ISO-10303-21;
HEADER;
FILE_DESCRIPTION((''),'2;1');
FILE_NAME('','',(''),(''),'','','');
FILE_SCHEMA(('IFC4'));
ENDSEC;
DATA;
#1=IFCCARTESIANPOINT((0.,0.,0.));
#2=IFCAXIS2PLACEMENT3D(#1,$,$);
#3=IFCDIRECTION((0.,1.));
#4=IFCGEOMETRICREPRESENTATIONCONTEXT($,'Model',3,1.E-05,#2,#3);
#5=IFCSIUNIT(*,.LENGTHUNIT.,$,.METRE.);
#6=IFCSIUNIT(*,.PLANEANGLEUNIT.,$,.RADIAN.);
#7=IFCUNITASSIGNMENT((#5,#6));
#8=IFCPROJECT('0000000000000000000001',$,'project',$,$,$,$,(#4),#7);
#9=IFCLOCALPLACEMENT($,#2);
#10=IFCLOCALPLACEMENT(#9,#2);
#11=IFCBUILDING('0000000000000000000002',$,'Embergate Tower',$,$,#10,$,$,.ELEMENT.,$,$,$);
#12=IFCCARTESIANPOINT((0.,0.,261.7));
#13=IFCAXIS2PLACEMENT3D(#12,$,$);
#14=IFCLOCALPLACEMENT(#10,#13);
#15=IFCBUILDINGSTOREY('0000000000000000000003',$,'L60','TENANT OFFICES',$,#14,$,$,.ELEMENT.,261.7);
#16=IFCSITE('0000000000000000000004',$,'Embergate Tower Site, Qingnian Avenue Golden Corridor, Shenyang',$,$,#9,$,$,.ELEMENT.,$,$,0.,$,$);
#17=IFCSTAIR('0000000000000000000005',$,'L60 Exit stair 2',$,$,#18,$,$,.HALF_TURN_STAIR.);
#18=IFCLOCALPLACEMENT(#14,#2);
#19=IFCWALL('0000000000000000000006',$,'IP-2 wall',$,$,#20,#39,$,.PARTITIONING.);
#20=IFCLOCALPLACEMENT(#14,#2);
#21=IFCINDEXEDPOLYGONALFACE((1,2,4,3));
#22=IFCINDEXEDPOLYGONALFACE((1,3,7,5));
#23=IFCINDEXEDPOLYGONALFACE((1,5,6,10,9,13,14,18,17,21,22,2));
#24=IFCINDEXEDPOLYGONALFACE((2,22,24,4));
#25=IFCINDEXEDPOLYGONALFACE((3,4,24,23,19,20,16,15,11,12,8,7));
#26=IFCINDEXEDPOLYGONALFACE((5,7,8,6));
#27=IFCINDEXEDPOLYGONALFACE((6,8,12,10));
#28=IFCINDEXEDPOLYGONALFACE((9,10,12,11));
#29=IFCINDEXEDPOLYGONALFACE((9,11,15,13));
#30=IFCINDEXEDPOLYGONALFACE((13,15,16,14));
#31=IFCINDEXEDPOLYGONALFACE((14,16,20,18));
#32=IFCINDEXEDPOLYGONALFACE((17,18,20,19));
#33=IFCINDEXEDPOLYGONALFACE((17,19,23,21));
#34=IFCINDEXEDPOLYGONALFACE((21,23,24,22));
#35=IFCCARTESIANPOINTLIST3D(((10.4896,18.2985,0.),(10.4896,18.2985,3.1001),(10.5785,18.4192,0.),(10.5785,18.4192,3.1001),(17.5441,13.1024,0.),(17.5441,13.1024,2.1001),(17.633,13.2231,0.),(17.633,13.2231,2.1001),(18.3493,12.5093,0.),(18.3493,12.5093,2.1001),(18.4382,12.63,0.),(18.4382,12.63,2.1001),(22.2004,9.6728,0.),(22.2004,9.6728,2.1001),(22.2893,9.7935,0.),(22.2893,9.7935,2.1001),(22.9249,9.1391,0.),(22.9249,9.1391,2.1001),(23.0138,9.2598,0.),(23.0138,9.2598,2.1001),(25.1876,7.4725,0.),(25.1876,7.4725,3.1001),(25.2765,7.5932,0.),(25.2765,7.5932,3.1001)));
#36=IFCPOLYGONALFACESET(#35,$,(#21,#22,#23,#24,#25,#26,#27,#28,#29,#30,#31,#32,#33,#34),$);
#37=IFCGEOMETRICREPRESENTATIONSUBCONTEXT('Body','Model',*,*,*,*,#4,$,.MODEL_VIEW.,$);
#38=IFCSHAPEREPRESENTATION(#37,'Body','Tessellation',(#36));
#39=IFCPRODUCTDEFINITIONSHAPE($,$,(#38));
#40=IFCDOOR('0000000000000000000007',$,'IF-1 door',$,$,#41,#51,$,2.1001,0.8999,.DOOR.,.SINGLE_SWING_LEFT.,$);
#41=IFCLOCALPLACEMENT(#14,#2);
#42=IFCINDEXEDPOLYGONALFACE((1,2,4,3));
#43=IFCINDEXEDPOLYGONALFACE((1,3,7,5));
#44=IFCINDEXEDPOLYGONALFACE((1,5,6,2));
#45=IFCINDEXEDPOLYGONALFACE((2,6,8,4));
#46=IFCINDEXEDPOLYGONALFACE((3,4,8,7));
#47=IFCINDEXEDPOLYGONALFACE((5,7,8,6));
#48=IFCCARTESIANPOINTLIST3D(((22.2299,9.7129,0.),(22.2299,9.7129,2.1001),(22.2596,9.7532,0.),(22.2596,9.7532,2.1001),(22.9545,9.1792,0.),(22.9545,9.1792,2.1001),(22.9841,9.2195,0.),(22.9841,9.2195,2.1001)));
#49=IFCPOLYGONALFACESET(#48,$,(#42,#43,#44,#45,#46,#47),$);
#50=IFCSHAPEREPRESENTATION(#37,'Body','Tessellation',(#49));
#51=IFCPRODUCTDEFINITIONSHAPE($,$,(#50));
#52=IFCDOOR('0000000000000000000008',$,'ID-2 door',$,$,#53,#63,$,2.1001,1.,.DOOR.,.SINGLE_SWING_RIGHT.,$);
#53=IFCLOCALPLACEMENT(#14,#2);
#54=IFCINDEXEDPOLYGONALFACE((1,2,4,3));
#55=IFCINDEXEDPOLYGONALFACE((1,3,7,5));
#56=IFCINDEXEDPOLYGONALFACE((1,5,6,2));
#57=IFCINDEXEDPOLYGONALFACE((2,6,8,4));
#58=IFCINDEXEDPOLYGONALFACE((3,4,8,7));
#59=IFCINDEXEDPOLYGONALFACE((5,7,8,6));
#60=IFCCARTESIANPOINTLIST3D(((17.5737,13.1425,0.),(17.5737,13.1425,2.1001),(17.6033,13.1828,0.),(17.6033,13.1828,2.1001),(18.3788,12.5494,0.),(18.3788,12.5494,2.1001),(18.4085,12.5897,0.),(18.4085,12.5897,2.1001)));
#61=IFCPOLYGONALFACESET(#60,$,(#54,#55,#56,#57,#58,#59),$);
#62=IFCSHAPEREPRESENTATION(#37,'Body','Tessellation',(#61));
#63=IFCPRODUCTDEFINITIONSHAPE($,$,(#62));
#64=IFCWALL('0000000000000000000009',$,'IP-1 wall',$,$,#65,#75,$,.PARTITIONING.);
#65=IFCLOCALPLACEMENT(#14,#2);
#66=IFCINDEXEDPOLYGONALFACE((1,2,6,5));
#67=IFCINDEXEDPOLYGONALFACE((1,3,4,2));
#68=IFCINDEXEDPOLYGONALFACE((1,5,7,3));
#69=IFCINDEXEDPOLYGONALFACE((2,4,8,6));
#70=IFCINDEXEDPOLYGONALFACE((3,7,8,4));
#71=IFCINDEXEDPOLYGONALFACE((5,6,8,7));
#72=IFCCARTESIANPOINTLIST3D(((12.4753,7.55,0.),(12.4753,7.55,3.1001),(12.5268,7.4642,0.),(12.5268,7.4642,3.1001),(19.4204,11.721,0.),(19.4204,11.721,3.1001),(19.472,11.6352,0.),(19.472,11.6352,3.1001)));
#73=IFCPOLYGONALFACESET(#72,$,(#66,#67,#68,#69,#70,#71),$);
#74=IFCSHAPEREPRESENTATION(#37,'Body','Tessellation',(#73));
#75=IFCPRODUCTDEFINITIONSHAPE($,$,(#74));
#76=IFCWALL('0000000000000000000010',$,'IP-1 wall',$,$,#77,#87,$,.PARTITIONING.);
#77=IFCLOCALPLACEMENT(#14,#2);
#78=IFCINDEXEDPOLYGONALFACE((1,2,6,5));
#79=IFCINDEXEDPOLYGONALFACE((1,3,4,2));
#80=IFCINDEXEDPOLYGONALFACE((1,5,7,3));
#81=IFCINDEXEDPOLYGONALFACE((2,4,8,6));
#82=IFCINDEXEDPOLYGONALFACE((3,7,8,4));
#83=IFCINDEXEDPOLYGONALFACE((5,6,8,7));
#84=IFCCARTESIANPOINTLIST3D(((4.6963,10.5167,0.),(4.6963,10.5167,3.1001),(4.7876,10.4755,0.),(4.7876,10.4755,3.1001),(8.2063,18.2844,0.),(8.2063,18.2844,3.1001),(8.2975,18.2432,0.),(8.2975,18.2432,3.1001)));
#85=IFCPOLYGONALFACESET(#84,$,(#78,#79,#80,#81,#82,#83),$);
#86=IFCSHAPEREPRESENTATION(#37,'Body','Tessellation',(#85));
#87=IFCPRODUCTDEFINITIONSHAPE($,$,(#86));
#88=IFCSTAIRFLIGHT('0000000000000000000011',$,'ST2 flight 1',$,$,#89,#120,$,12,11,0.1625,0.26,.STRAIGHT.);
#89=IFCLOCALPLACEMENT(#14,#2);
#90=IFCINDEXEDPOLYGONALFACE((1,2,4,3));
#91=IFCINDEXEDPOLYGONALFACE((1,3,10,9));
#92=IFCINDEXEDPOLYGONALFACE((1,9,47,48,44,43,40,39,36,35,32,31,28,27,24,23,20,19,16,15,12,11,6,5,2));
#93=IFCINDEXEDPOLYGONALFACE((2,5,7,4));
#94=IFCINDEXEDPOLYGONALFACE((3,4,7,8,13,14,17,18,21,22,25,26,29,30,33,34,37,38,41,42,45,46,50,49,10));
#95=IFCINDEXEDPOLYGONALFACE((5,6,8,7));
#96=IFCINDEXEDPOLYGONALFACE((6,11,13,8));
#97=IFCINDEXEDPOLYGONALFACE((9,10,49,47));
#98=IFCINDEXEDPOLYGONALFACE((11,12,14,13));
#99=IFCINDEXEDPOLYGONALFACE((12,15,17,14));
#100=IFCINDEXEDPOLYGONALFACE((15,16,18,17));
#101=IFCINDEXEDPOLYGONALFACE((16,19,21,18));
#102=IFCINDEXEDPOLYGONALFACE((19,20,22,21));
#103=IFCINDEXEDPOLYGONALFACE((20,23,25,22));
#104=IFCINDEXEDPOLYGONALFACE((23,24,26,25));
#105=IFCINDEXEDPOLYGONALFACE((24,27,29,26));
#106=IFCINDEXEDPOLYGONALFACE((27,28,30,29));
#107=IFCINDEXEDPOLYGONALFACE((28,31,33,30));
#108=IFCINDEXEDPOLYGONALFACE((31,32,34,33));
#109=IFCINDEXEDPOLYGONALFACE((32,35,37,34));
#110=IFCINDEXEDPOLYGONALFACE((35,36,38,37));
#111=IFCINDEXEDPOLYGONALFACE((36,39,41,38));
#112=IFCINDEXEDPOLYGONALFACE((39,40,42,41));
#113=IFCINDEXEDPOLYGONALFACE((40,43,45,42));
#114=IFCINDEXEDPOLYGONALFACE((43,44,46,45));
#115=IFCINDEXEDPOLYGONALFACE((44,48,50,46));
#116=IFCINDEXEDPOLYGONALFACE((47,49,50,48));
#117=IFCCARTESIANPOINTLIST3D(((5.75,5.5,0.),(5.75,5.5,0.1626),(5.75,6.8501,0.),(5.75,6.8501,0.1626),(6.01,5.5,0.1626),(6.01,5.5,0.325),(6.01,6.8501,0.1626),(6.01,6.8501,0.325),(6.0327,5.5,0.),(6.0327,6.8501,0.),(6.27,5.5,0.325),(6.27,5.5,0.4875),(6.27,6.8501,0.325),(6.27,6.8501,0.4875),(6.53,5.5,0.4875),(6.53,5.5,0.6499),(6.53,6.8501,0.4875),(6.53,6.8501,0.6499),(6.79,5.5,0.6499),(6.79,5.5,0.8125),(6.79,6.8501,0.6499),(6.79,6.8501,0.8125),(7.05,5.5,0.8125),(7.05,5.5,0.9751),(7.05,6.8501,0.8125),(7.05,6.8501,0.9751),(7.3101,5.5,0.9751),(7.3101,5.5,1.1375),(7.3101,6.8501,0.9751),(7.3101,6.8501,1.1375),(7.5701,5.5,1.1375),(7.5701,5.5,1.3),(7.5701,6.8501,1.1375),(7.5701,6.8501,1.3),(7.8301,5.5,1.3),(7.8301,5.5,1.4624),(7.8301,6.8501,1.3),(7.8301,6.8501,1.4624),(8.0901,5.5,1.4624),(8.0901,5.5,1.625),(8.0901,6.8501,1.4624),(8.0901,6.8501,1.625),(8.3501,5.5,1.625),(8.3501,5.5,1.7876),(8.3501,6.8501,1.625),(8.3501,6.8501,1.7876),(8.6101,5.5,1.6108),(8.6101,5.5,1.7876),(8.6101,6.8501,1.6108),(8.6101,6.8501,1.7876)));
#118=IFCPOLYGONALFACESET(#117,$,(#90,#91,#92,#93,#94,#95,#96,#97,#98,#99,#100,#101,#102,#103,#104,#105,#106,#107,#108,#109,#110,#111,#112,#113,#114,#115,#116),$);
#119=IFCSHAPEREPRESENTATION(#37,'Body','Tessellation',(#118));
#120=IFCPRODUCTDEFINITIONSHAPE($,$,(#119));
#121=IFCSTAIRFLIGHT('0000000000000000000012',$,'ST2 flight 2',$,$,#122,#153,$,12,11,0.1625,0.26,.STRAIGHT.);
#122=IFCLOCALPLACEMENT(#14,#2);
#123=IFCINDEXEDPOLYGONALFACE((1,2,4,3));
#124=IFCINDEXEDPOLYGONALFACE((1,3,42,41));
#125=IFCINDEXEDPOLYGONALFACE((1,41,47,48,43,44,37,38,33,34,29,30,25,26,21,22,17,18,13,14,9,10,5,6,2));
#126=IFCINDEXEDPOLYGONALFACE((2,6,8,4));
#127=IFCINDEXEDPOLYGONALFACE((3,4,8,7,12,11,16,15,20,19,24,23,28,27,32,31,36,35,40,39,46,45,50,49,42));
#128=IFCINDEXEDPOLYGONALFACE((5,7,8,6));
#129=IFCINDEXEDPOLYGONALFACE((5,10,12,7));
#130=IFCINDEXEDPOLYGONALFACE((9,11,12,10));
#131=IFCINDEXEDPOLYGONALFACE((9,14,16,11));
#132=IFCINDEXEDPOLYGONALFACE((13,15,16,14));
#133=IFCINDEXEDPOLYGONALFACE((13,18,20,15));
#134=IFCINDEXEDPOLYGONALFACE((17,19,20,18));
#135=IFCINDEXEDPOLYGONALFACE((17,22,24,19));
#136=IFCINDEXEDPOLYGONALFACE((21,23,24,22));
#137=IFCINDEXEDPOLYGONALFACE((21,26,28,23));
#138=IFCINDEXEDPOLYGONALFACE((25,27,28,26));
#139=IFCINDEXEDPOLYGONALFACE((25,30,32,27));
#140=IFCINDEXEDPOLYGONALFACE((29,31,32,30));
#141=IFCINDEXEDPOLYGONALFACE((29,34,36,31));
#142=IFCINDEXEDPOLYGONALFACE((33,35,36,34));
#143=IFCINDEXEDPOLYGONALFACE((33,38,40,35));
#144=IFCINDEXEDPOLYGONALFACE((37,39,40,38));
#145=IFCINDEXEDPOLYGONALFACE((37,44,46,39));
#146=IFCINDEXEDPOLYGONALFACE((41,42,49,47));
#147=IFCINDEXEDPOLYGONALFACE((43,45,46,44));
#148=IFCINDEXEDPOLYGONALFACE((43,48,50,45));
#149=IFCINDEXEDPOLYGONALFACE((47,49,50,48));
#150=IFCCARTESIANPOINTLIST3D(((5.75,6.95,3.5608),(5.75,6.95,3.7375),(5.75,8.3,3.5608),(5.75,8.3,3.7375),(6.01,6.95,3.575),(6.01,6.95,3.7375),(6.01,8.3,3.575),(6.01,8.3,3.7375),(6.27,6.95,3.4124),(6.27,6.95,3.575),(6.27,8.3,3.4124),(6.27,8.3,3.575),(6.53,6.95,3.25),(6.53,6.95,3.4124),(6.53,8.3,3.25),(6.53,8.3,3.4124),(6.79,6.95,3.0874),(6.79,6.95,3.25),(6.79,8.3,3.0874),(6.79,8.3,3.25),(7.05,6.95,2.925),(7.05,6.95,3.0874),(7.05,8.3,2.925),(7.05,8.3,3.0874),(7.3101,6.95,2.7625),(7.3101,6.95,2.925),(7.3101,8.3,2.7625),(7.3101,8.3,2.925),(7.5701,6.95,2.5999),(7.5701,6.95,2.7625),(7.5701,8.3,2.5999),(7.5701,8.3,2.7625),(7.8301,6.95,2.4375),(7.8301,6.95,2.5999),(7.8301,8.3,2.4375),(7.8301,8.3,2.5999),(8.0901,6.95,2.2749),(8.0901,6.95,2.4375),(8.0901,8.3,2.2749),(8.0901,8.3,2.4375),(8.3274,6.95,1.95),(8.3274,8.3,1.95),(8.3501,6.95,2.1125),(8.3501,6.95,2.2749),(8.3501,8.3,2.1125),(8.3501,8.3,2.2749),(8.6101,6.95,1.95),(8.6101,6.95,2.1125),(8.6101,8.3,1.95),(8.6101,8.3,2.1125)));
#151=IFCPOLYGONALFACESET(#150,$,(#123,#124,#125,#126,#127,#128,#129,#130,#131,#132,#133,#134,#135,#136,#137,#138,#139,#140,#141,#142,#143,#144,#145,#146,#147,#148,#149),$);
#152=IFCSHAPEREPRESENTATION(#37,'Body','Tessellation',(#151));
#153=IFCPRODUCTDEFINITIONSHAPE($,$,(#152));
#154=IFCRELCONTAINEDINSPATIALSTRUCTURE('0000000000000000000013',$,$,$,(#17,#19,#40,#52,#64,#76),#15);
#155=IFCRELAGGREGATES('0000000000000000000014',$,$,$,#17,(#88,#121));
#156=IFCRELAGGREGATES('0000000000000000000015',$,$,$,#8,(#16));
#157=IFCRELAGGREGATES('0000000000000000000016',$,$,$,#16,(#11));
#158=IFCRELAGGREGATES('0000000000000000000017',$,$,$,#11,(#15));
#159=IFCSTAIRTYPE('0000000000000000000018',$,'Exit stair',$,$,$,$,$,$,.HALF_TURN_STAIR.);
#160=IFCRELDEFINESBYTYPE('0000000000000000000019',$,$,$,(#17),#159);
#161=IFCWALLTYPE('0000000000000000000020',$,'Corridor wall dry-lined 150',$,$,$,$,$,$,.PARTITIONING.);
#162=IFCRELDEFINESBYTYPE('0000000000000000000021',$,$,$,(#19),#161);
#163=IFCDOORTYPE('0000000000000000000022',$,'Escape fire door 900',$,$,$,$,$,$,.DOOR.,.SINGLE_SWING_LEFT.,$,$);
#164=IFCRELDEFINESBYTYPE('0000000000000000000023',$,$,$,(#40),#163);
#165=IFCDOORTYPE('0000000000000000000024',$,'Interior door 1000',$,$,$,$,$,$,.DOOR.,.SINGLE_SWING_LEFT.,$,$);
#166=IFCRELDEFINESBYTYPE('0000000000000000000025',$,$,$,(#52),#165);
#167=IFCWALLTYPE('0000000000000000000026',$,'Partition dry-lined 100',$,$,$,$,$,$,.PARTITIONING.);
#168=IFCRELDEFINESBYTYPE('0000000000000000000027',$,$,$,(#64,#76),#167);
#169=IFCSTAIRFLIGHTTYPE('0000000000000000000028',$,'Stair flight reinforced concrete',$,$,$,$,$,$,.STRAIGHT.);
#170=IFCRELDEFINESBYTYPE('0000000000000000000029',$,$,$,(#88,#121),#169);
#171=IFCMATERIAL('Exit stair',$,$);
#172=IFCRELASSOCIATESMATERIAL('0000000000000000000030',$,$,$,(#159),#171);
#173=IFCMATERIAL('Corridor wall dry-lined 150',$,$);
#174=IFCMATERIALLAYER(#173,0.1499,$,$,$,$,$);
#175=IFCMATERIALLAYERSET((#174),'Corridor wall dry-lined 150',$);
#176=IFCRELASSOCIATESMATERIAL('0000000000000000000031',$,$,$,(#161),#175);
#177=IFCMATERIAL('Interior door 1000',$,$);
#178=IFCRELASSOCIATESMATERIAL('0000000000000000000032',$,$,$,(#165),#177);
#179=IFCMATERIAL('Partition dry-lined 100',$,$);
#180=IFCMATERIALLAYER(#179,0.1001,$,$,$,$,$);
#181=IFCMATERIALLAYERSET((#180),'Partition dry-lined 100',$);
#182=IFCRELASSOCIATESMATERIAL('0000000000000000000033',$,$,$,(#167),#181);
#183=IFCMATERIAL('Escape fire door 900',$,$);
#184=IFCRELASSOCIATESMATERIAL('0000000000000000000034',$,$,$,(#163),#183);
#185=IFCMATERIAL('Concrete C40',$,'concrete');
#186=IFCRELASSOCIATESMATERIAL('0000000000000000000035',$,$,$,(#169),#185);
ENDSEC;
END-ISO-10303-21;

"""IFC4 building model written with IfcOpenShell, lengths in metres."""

from ifc_helpers import new_model, si_unit, direction, frame, frame_2d, origin, place, context, subcontext, project, spatial, polyline, rectangle, outline, extrude, source, transform, mapped, material, layer, layer_set, type_object, element, fill, aggregate, save


model = new_model("IFC4")

# Units and contexts
model_context = context("Model", 3, precision=1e-05, world=origin(), true_north=direction((0.0, 1.0)))
body_context = subcontext(model_context, "Body", "Model", "MODEL_VIEW")
ifc_project = project(units=[si_unit("LENGTHUNIT", "METRE"), si_unit("PLANEANGLEUNIT", "RADIAN")], contexts=[model_context])

# Site, building, storey
site_placement = place(None, origin())
site = spatial("IfcSite", under=ifc_project, at=site_placement, Name="Embergate Tower Site, Qingnian Avenue Golden Corridor, Shenyang", CompositionType="ELEMENT", RefElevation=0.0)
building_placement = place(site_placement, origin())
building = spatial("IfcBuilding", under=site, at=building_placement, Name="Embergate Tower", CompositionType="ELEMENT")
storey_placement = place(building_placement, frame((0.0, 0.0, 261.7)))
storey = spatial("IfcBuildingStorey", under=building, at=storey_placement, Name="L60", Description="TENANT OFFICES", CompositionType="ELEMENT", Elevation=261.7)

# Stair
ifc_material_1 = material(Name="Exit stair")
stair_type = type_object("IfcStairType", Name="Exit stair", PredefinedType="HALF_TURN_STAIR", material=ifc_material_1)
stair_placement = place(storey_placement, origin())
stair = element("IfcStair", 1, at=stair_placement, inside=storey, type_object=stair_type, Name="L60 Exit stair 2", PredefinedType="HALF_TURN_STAIR")
ifc_material_2 = material(Name="Concrete C40", Category="concrete")

# Shared definitions
ifc_material_3 = material(Name="Corridor wall dry-lined 150")
ifc_layer_1 = layer(ifc_material_3, 0.1499)
ifc_layer_set_1 = layer_set([ifc_layer_1], Name="Corridor wall dry-lined 150")
wall_type_1 = type_object("IfcWallType", Name="Corridor wall dry-lined 150", PredefinedType="PARTITIONING", material=ifc_layer_set_1)
shared_shape_1 = source(origin(), body_context, "Body", "SweptSolid", [
    extrude(rectangle(XDim=1.0, YDim=2.1001, at=frame_2d((0.5, 1.05))), frame((0.0, 0.085, 0.0), z_axis=(0.0, -1.0, 0.0), x_axis=(1.0, 0.0, 0.0)), (0.0, 0.0, 1.0), 0.1699),
])
ifc_material_4 = material(Name="Interior door 1000")
door_type_1 = type_object("IfcDoorType", Name="Interior door 1000", OperationType="SINGLE_SWING_LEFT", PredefinedType="DOOR", material=ifc_material_4)
shared_shape_2 = source(origin(), body_context, "Body", "SweptSolid", [
    extrude(rectangle(XDim=1.0, YDim=2.1001, at=frame_2d((0.5, 1.05))), frame((0.0, 0.0249, 0.0), z_axis=(0.0, -1.0, 0.0), x_axis=(1.0, 0.0, 0.0)), (0.0, 0.0, 1.0), 0.05),
])

# Shared definitions
ifc_material_5 = material(Name="Partition dry-lined 100")
ifc_layer_2 = layer(ifc_material_5, 0.1001)
ifc_layer_set_2 = layer_set([ifc_layer_2], Name="Partition dry-lined 100")
wall_type_2 = type_object("IfcWallType", Name="Partition dry-lined 100", PredefinedType="PARTITIONING", material=ifc_layer_set_2)

# Shared definitions
shared_shape_3 = source(origin(), body_context, "Body", "SweptSolid", [
    extrude(rectangle(XDim=0.8999, YDim=2.1001, at=frame_2d((0.45, 1.05))), frame((0.0, 0.085, 0.0), z_axis=(0.0, -1.0, 0.0), x_axis=(1.0, 0.0, 0.0)), (0.0, 0.0, 1.0), 0.1699),
])
ifc_material_6 = material(Name="Escape fire door 900")
door_type_2 = type_object("IfcDoorType", Name="Escape fire door 900", OperationType="SINGLE_SWING_LEFT", PredefinedType="DOOR", material=ifc_material_6)
shared_shape_4 = source(origin(), body_context, "Body", "SweptSolid", [
    extrude(rectangle(XDim=0.8999, YDim=2.1001, at=frame_2d((0.45, 1.05))), frame((0.0, 0.0249, 0.0), z_axis=(0.0, -1.0, 0.0), x_axis=(1.0, 0.0, 0.0)), (0.0, 0.0, 1.0), 0.05),
])

# Wall, openings, doors
shared_shape_5 = source(origin(), body_context, "Body", "SweptSolid", [
    extrude(rectangle(XDim=18.2546, YDim=0.1499, at=frame_2d((9.1274, 0.0))), origin(), (0.0, 0.0, 1.0), 3.1001),
])
wall_1_placement = place(storey_placement, frame((10.5339, 18.3589, 0.0), z_axis=(0.0, 0.0, 1.0), x_axis=(0.805165, -0.593051, 0.0)))
wall_1 = element("IfcWall", 2, at=wall_1_placement, inside=storey, type_object=wall_type_1, Name="IP-2 wall", PredefinedType="PARTITIONING", context=body_context, shape_type="MappedRepresentation", body=[
    mapped(shared_shape_5, transform((0.0, 0.0, 0.0))),
])
opening_1_placement = place(wall_1_placement, frame((14.5447, 0.0, 0.0)))
opening_1 = element("IfcOpeningElement", 3, at=opening_1_placement, cuts=wall_1, PredefinedType="OPENING", context=body_context, shape_type="MappedRepresentation", body=[
    mapped(shared_shape_3, transform((0.0, 0.0, 0.0))),
])
opening_2_placement = place(wall_1_placement, frame((8.7617, 0.0, 0.0)))
opening_2 = element("IfcOpeningElement", 4, at=opening_2_placement, cuts=wall_1, PredefinedType="OPENING", context=body_context, shape_type="MappedRepresentation", body=[
    mapped(shared_shape_1, transform((0.0, 0.0, 0.0))),
])
door_1_placement = place(opening_1_placement, origin())
door_1 = element("IfcDoor", 5, at=door_1_placement, inside=storey, type_object=door_type_2, Name="IF-1 door", OperationType="SINGLE_SWING_LEFT", OverallHeight=2.1001, OverallWidth=0.8999, PredefinedType="DOOR", context=body_context, shape_type="MappedRepresentation", body=[
    mapped(shared_shape_4, transform((0.0, 0.0, 0.0))),
])
fill(opening_1, door_1)
door_2_placement = place(opening_2_placement, origin())
door_2 = element("IfcDoor", 6, at=door_2_placement, inside=storey, type_object=door_type_1, Name="ID-2 door", OperationType="SINGLE_SWING_RIGHT", OverallHeight=2.1001, OverallWidth=1.0, PredefinedType="DOOR", context=body_context, shape_type="MappedRepresentation", body=[
    mapped(shared_shape_2, transform((0.0, 0.0, 0.0))),
])
fill(opening_2, door_2)

# Walls
shared_shape_6 = source(origin(), body_context, "Body", "SweptSolid", [
    extrude(rectangle(XDim=8.1013, YDim=0.1001, at=frame_2d((4.0508, 0.0))), origin(), (0.0, 0.0, 1.0), 3.1001),
])
wall_2_placement = place(storey_placement, frame((12.501, 7.5071, 0.0), z_axis=(0.0, 0.0, 1.0), x_axis=(0.857283, 0.514846, 0.0)))
element("IfcWall", 7, at=wall_2_placement, inside=storey, type_object=wall_type_2, Name="IP-1 wall", PredefinedType="PARTITIONING", context=body_context, shape_type="MappedRepresentation", body=[
    mapped(shared_shape_6, transform((0.0, 0.0, 0.0))),
])
shared_shape_7 = source(origin(), body_context, "Body", "SweptSolid", [
    extrude(rectangle(XDim=8.5239, YDim=0.1001, at=frame_2d((4.262, 0.0))), origin(), (0.0, 0.0, 1.0), 3.1001),
])
wall_3_placement = place(storey_placement, frame((4.7419, 10.4961, 0.0), z_axis=(0.0, 0.0, 1.0), x_axis=(0.411778, 0.911284, 0.0)))
element("IfcWall", 8, at=wall_3_placement, inside=storey, type_object=wall_type_2, Name="IP-1 wall", PredefinedType="PARTITIONING", context=body_context, shape_type="MappedRepresentation", body=[
    mapped(shared_shape_7, transform((0.0, 0.0, 0.0))),
])

# Stair flights
stair_flight_type = type_object("IfcStairFlightType", Name="Stair flight reinforced concrete", PredefinedType="STRAIGHT", material=ifc_material_2)
shared_shape_8 = source(origin(), body_context, "Body", "SweptSolid", [
    extrude(outline(polyline([(0.0, 0.0), (0.0, 0.1626), (0.26, 0.1626), (0.26, 0.325), (0.52, 0.325), (0.52, 0.4875), (0.78, 0.4875), (0.78, 0.6499), (1.04, 0.6499), (1.04, 0.8125), (1.3, 0.8125), (1.3, 0.9751), (1.5601, 0.9751), (1.5601, 1.1375), (1.8201, 1.1375), (1.8201, 1.3), (2.0801, 1.3), (2.0801, 1.4624), (2.3401, 1.4624), (2.3401, 1.625), (2.6001, 1.625), (2.6001, 1.7876), (2.8601, 1.7876), (2.8601, 1.95), (2.8601, 1.6108), (0.2827, 0.0), (0.0, 0.0)])), frame((0.0, 0.675, 0.0), z_axis=(0.0, -1.0, 0.0), x_axis=(1.0, 0.0, 0.0)), (0.0, 0.0, 1.0), 1.3501),
])
stair_flight_1_placement = place(storey_placement, frame((5.75, 6.175, 0.0), z_axis=(0.0, 0.0, 1.0), x_axis=(1.0, 0.0, 0.0)))
stair_flight_1 = element("IfcStairFlight", 9, at=stair_flight_1_placement, type_object=stair_flight_type, Name="ST2 flight 1", NumberOfRisers=12, NumberOfTreads=11, PredefinedType="STRAIGHT", RiserHeight=0.1625, TreadLength=0.26, context=body_context, shape_type="MappedRepresentation", body=[
    mapped(shared_shape_8, transform((0.0, 0.0, 0.0))),
])
stair_flight_2_placement = place(storey_placement, frame((8.6101, 7.625, 1.95), z_axis=(0.0, 0.0, 1.0), x_axis=(-1.0, 0.0, 0.0)))
stair_flight_2 = element("IfcStairFlight", 10, at=stair_flight_2_placement, type_object=stair_flight_type, Name="ST2 flight 2", NumberOfRisers=12, NumberOfTreads=11, PredefinedType="STRAIGHT", RiserHeight=0.1625, TreadLength=0.26, context=body_context, shape_type="MappedRepresentation", body=[
    mapped(shared_shape_8, transform((0.0, 0.0, 0.0))),
])
aggregate(stair, [stair_flight_1, stair_flight_2])

save(model, "model.ifc")
